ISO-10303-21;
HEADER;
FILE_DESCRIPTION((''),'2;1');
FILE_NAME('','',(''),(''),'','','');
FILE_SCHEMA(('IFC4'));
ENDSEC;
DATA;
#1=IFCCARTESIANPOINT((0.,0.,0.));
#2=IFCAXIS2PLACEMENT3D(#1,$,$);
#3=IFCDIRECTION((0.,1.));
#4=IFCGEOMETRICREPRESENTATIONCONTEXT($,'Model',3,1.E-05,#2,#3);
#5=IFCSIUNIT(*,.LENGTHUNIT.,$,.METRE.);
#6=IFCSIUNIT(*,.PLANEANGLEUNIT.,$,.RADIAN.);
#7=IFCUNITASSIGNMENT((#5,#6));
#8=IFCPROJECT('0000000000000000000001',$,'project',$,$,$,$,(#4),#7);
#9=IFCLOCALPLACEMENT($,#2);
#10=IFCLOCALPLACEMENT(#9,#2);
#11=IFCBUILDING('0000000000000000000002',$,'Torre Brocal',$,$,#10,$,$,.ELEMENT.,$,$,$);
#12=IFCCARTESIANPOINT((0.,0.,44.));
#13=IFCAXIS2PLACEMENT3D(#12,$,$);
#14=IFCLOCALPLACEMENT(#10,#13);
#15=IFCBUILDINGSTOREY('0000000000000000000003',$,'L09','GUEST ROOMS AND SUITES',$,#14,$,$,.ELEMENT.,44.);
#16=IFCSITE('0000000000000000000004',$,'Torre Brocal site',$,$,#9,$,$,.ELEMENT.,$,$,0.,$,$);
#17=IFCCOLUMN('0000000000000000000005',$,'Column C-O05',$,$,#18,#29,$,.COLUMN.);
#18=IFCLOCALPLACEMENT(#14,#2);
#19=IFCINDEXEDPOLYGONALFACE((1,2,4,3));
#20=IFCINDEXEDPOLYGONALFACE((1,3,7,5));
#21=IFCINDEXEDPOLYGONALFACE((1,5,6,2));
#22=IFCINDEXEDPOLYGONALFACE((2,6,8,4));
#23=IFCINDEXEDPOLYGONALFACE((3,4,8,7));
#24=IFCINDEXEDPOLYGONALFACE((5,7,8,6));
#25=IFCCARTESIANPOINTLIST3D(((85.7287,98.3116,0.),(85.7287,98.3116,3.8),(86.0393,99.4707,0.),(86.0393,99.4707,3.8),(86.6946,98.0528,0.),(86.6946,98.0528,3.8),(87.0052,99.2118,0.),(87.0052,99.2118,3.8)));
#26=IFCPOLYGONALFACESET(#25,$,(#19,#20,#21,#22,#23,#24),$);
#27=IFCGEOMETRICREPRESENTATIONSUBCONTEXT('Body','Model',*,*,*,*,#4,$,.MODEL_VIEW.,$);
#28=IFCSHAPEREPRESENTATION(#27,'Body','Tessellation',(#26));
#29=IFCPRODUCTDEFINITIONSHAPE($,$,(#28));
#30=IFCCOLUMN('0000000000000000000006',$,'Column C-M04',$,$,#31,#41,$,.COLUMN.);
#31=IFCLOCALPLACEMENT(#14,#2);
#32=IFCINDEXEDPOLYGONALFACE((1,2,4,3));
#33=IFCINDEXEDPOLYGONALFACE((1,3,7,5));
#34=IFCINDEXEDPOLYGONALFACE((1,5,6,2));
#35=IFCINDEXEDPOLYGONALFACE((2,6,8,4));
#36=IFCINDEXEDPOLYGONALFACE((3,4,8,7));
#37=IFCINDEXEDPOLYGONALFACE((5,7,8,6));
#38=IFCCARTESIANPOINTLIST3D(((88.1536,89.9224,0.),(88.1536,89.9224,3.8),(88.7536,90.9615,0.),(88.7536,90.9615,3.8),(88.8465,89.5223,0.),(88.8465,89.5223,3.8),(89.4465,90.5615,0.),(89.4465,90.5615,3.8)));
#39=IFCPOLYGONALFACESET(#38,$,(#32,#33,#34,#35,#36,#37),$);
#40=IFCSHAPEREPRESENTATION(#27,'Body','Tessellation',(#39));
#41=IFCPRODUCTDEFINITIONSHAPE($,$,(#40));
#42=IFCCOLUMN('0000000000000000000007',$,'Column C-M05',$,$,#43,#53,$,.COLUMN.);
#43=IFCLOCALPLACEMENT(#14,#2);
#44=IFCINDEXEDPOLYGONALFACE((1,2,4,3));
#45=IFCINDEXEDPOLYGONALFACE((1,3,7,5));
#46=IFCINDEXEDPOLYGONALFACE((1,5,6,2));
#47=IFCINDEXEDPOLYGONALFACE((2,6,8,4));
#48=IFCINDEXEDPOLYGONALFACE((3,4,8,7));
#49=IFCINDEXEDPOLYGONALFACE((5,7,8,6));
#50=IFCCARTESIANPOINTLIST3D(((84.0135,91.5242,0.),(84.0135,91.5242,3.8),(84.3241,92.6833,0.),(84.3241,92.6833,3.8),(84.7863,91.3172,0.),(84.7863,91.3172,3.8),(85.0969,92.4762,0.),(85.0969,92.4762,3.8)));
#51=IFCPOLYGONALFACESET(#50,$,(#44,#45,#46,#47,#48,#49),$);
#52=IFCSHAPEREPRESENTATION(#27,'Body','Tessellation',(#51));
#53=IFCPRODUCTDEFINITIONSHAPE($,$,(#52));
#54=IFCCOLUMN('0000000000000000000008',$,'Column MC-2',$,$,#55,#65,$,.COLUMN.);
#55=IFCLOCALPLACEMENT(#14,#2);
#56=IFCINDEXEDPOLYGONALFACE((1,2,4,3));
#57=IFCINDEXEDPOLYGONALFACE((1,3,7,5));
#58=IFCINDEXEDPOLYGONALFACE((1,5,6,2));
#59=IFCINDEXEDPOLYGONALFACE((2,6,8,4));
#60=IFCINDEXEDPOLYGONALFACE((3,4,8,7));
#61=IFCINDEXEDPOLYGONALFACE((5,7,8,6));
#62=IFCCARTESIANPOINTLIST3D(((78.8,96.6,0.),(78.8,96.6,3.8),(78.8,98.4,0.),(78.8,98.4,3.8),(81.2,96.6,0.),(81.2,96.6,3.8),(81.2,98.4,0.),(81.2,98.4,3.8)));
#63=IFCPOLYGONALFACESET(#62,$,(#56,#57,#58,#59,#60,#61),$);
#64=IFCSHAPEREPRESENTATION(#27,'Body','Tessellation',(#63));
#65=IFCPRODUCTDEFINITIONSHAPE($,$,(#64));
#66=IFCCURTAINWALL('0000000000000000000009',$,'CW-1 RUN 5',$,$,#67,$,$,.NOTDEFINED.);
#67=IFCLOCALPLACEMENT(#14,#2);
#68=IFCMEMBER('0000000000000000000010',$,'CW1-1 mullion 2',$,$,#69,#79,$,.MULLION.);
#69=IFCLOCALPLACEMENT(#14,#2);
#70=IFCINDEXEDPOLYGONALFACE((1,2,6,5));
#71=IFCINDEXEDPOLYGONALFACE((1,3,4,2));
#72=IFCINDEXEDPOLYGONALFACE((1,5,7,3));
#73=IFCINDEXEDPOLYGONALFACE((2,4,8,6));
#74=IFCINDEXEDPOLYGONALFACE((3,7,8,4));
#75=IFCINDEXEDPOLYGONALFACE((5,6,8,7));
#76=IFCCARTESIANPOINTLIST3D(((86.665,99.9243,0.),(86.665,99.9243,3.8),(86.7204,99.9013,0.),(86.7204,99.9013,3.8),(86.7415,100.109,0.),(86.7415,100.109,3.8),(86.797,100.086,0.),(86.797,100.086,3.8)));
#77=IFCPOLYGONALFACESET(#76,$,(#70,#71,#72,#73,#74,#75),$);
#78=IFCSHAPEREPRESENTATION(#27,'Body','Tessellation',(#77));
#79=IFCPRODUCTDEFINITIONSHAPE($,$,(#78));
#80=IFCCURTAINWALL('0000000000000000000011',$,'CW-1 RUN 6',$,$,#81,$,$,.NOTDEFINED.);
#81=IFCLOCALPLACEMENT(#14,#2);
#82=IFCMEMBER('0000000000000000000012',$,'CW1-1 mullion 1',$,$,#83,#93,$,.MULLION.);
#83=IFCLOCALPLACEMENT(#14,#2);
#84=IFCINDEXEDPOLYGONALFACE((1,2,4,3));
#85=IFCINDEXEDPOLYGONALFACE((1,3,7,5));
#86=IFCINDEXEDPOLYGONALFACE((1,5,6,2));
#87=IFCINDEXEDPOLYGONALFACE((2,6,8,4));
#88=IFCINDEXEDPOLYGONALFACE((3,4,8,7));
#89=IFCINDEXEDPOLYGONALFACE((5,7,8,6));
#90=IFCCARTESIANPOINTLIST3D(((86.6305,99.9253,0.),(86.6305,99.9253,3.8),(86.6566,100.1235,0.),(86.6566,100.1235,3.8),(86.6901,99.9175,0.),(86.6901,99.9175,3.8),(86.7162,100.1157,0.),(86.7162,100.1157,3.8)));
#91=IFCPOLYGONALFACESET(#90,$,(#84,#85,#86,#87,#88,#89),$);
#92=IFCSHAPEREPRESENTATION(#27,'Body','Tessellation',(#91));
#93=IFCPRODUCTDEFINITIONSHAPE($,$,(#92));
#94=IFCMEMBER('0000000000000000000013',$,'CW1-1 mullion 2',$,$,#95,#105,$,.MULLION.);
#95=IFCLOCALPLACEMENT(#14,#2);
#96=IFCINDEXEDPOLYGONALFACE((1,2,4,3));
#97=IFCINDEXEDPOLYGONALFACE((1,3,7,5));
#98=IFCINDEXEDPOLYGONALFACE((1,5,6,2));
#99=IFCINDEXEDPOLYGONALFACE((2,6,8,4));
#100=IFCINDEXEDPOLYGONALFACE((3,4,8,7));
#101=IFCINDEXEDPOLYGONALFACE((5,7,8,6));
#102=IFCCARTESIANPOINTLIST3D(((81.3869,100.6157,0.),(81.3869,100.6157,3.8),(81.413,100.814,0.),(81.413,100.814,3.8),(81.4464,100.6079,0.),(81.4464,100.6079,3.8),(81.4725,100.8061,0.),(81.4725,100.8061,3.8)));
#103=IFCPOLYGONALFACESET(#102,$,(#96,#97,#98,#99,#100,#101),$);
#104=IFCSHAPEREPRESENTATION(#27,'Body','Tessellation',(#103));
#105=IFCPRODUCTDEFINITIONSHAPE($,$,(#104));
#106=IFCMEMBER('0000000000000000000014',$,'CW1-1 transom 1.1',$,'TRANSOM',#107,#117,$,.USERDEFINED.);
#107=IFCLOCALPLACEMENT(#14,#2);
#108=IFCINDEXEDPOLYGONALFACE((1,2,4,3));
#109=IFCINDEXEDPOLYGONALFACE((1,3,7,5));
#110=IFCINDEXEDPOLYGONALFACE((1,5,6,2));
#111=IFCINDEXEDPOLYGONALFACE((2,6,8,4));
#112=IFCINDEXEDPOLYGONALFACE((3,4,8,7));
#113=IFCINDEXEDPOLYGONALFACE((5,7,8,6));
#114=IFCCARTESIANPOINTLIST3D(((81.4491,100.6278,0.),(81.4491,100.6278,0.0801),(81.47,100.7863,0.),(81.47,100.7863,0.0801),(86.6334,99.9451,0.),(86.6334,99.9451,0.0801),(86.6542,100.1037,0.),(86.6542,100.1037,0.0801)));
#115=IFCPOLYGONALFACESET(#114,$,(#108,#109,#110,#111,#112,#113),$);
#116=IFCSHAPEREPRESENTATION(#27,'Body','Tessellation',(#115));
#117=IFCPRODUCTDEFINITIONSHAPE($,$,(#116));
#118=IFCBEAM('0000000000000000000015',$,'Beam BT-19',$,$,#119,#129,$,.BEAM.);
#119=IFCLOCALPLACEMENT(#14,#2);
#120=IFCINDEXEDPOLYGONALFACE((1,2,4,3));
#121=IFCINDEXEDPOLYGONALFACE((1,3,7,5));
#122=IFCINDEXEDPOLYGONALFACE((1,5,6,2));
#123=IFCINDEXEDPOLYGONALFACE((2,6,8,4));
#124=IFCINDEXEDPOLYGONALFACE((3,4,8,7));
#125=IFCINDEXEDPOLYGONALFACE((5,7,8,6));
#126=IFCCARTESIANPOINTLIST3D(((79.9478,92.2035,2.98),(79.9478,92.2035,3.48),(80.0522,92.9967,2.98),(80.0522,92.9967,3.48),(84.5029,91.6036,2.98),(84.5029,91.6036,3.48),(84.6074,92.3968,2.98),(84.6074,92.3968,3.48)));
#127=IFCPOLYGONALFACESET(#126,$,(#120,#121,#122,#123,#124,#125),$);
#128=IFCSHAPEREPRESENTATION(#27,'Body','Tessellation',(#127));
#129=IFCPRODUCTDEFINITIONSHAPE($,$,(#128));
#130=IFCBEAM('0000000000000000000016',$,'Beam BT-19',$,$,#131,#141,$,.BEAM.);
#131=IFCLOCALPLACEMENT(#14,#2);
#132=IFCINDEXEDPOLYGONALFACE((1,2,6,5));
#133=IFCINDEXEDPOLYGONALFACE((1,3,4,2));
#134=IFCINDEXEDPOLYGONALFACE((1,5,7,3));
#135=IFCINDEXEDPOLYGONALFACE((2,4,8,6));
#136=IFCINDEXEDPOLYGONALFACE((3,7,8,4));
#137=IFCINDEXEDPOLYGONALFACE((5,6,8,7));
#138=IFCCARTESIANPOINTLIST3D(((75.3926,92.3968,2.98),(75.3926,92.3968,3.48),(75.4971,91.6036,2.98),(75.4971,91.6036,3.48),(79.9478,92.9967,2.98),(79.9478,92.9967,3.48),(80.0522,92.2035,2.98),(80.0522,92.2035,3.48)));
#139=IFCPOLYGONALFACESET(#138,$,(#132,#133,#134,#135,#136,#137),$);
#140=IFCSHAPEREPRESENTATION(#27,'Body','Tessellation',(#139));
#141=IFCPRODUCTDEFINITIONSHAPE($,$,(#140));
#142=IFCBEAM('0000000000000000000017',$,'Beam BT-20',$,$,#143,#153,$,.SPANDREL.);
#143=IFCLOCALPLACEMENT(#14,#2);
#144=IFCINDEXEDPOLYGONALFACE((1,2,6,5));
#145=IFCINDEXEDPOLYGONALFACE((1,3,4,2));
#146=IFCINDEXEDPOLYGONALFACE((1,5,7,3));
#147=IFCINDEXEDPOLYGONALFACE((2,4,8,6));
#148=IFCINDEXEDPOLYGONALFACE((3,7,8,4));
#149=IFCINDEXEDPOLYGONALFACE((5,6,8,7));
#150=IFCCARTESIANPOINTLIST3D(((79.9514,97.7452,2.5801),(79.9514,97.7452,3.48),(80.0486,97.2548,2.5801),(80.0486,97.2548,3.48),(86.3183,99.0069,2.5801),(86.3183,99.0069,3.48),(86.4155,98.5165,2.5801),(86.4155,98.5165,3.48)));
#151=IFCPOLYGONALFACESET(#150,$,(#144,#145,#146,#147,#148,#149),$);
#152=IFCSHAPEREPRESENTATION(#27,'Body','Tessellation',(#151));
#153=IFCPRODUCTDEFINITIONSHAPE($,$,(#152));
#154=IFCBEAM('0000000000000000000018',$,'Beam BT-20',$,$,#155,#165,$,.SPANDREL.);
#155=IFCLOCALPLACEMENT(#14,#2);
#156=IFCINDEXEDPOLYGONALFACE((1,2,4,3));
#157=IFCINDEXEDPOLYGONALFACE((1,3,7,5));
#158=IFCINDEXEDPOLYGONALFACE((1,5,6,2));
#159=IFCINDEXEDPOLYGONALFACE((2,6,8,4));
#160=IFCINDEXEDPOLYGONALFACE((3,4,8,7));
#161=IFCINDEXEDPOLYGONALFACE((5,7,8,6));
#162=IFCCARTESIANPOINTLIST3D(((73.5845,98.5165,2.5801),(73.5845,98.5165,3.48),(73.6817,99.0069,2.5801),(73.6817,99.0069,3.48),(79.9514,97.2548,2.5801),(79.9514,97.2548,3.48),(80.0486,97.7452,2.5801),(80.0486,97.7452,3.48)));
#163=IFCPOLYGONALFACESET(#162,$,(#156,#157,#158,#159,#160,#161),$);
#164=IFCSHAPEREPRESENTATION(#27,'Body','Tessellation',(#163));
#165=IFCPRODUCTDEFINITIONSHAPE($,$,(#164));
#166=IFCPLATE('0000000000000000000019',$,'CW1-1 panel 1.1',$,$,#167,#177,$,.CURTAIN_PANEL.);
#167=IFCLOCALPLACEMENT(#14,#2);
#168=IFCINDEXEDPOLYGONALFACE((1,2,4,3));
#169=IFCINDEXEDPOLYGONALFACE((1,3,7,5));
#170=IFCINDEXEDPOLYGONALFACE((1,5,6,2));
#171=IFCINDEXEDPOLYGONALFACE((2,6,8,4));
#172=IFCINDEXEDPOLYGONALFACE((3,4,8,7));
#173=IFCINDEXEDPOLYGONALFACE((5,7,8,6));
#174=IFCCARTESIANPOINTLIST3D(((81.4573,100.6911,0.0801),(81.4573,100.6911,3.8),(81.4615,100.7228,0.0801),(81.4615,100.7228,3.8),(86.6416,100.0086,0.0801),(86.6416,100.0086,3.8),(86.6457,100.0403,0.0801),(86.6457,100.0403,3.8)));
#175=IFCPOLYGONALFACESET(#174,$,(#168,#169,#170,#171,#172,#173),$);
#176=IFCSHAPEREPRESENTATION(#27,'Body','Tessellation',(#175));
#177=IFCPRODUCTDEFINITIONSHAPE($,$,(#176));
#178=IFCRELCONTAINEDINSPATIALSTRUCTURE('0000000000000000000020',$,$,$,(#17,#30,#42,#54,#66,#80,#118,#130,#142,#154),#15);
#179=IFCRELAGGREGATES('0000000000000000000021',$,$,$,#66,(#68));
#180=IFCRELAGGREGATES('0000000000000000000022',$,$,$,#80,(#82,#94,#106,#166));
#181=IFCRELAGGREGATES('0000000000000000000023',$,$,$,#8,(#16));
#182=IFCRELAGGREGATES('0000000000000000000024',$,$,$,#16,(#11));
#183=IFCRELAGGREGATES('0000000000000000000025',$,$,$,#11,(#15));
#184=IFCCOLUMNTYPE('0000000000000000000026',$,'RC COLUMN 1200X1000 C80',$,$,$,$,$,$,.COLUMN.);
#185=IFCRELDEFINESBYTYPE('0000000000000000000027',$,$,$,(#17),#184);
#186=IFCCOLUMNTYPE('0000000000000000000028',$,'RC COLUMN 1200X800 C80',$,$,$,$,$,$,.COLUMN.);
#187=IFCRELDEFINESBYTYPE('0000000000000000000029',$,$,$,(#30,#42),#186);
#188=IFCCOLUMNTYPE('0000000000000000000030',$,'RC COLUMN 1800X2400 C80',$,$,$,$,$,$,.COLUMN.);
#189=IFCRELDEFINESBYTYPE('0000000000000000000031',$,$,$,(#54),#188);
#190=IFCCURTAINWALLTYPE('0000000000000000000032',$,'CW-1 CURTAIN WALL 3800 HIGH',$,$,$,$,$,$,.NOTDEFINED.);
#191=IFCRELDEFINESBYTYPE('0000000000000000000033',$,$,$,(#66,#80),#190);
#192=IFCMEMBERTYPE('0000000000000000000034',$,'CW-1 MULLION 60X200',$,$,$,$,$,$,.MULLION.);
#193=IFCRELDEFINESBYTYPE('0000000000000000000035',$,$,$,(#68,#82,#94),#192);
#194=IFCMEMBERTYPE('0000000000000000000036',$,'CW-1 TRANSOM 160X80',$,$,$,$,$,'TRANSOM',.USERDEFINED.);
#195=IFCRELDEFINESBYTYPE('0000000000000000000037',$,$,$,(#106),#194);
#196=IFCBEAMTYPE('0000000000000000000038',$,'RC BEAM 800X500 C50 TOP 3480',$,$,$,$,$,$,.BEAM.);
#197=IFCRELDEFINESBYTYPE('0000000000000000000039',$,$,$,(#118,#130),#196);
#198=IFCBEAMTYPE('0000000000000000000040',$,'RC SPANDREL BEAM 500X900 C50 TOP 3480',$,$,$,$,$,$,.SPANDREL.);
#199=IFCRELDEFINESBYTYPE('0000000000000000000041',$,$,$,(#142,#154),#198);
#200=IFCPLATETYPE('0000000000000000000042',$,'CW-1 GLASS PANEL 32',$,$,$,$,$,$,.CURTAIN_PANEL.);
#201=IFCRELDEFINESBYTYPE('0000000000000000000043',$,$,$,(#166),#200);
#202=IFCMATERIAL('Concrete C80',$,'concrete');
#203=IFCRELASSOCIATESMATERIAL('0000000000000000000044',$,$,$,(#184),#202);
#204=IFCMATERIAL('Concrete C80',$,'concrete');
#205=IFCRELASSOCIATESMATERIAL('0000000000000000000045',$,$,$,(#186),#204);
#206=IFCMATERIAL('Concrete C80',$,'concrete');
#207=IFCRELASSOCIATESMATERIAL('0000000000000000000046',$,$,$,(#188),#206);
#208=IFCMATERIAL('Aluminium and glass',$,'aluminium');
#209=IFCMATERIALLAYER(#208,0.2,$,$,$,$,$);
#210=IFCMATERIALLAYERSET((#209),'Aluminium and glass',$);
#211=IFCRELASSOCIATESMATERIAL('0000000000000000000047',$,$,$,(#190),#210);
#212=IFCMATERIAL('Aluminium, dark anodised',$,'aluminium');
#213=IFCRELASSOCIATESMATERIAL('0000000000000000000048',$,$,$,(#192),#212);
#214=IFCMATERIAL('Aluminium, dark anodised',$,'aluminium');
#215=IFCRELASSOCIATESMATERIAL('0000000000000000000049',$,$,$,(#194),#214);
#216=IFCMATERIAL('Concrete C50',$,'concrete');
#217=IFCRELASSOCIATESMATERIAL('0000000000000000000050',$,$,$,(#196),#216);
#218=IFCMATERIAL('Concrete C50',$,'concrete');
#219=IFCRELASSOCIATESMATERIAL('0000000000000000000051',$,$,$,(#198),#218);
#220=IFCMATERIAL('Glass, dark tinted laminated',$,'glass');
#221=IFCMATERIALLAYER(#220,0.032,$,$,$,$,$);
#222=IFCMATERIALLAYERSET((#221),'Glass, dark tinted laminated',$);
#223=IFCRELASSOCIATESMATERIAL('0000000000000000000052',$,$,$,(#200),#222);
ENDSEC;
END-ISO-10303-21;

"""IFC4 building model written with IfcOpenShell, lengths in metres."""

from ifc_helpers import new_model, si_unit, direction, frame, origin, origin_2d, place, context, subcontext, project, spatial, rectangle, extrude, material, layer, layer_set, material_profile, profile_set, type_object, element, aggregate, save


model = new_model("IFC4")

# Units and contexts
model_context = context("Model", 3, precision=1e-05, world=origin(), true_north=direction((0.0, 1.0)))
body_context = subcontext(model_context, "Body", "Model", "MODEL_VIEW")
ifc_project = project(units=[si_unit("LENGTHUNIT", "METRE"), si_unit("PLANEANGLEUNIT", "RADIAN")], contexts=[model_context])

# Site, building, storey
site_placement = place(None, origin())
site = spatial("IfcSite", under=ifc_project, at=site_placement, Name="Torre Brocal site", CompositionType="ELEMENT", RefElevation=0.0)
building_placement = place(site_placement, origin())
building = spatial("IfcBuilding", under=site, at=building_placement, Name="Torre Brocal", CompositionType="ELEMENT")
storey_placement = place(building_placement, frame((0.0, 0.0, 44.0)))
storey = spatial("IfcBuildingStorey", under=building, at=storey_placement, Name="L09", Description="GUEST ROOMS AND SUITES", CompositionType="ELEMENT", Elevation=44.0)

# Columns
ifc_material_1 = material(Name="Concrete C80", Category="concrete")
ifc_material_profile_1 = material_profile(ifc_material_1, rectangle(XDim=1.2, YDim=1.0, at=origin_2d()), Name="RC 1200X1000")
ifc_profile_set_1 = profile_set([ifc_material_profile_1], Name="Concrete C80")
column_type_1 = type_object("IfcColumnType", Name="RC COLUMN 1200X1000 C80", PredefinedType="COLUMN", material=ifc_profile_set_1)
column_1_placement = place(storey_placement, frame((86.3669, 98.7617, 0.0), z_axis=(0.0, 0.0, 1.0), x_axis=(0.258819, 0.965926, 0.0)))
element("IfcColumn", 1, at=column_1_placement, inside=storey, type_object=column_type_1, Name="Column C-O05", PredefinedType="COLUMN", context=body_context, shape_type="SweptSolid", body=[
    extrude(rectangle(XDim=1.2, YDim=1.0, at=origin_2d()), origin(), (0.0, 0.0, 1.0), 3.8),
])
ifc_material_2 = material(Name="Concrete C80", Category="concrete")
ifc_material_profile_2 = material_profile(ifc_material_2, rectangle(XDim=1.2, YDim=0.8, at=origin_2d()), Name="RC 1200X800")
ifc_profile_set_2 = profile_set([ifc_material_profile_2], Name="Concrete C80")
column_type_2 = type_object("IfcColumnType", Name="RC COLUMN 1200X800 C80", PredefinedType="COLUMN", material=ifc_profile_set_2)
for number, where, z_axis, x_axis, name in (
    (2, (88.8, 90.2419, 0.0), (0.0, 0.0, 1.0), (0.5, 0.866025, 0.0), "Column C-M04"),
    (3, (84.5552, 92.0002, 0.0), (0.0, 0.0, 1.0), (0.258819, 0.965926, 0.0), "Column C-M05"),
):
    element("IfcColumn", number, at=place(storey_placement, frame(where, z_axis=z_axis, x_axis=x_axis)), inside=storey, type_object=column_type_2, Name=name, PredefinedType="COLUMN", context=body_context, shape_type="SweptSolid", body=[
        extrude(rectangle(XDim=1.2, YDim=0.8, at=origin_2d()), origin(), (0.0, 0.0, 1.0), 3.8),
    ])
ifc_material_3 = material(Name="Concrete C80", Category="concrete")
ifc_material_profile_3 = material_profile(ifc_material_3, rectangle(XDim=1.8, YDim=2.3999, at=origin_2d()), Name="RC 1800X2400")
ifc_profile_set_3 = profile_set([ifc_material_profile_3], Name="Concrete C80")
column_type_3 = type_object("IfcColumnType", Name="RC COLUMN 1800X2400 C80", PredefinedType="COLUMN", material=ifc_profile_set_3)
column_2_placement = place(storey_placement, frame((80.0, 97.5, 0.0), z_axis=(0.0, 0.0, 1.0), x_axis=(0.0, 1.0, 0.0)))
element("IfcColumn", 4, at=column_2_placement, inside=storey, type_object=column_type_3, Name="Column MC-2", PredefinedType="COLUMN", context=body_context, shape_type="SweptSolid", body=[
    extrude(rectangle(XDim=1.8, YDim=2.3999, at=origin_2d()), origin(), (0.0, 0.0, 1.0), 3.8),
])

# Curtain wall, member
ifc_material_4 = material(Name="Aluminium and glass", Category="aluminium")
ifc_layer_1 = layer(ifc_material_4, 0.2)
ifc_layer_set_1 = layer_set([ifc_layer_1], Name="Aluminium and glass")
curtain_wall_type = type_object("IfcCurtainWallType", Name="CW-1 CURTAIN WALL 3800 HIGH", PredefinedType="NOTDEFINED", material=ifc_layer_set_1)
curtain_wall_1_placement = place(storey_placement, origin())
curtain_wall_1 = element("IfcCurtainWall", 5, at=curtain_wall_1_placement, inside=storey, type_object=curtain_wall_type, Name="CW-1 RUN 5", PredefinedType="NOTDEFINED")
ifc_material_5 = material(Name="Aluminium, dark anodised", Category="aluminium")
ifc_material_profile_4 = material_profile(ifc_material_5, rectangle(XDim=0.2, YDim=0.0601, at=origin_2d()), Name="CW-1 MULLION 60X200")
ifc_profile_set_4 = profile_set([ifc_material_profile_4], Name="Aluminium, dark anodised")
member_type_1 = type_object("IfcMemberType", Name="CW-1 MULLION 60X200", PredefinedType="MULLION", material=ifc_profile_set_4)
member_1_placement = place(storey_placement, frame((86.731, 100.0051, 0.0), z_axis=(0.0, 0.0, 1.0), x_axis=(-0.382683, -0.92388, 0.0)))
member_1 = element("IfcMember", 6, at=member_1_placement, type_object=member_type_1, Name="CW1-1 mullion 2", PredefinedType="MULLION", context=body_context, shape_type="SweptSolid", body=[
    extrude(rectangle(XDim=0.2, YDim=0.0601, at=origin_2d()), origin(), (0.0, 0.0, 1.0), 3.8),
])
aggregate(curtain_wall_1, [member_1])

# Curtain wall, members
curtain_wall_2_placement = place(storey_placement, origin())
curtain_wall_2 = element("IfcCurtainWall", 7, at=curtain_wall_2_placement, inside=storey, type_object=curtain_wall_type, Name="CW-1 RUN 6", PredefinedType="NOTDEFINED")
member_2_placement = place(storey_placement, frame((86.6733, 100.0205, 0.0), z_axis=(0.0, 0.0, 1.0), x_axis=(-0.130526, -0.991445, 0.0)))
member_2 = element("IfcMember", 8, at=member_2_placement, type_object=member_type_1, Name="CW1-1 mullion 1", PredefinedType="MULLION", context=body_context, shape_type="SweptSolid", body=[
    extrude(rectangle(XDim=0.2, YDim=0.0601, at=origin_2d()), origin(), (0.0, 0.0, 1.0), 3.8),
])
member_3_placement = place(storey_placement, frame((81.4297, 100.7109, 0.0), z_axis=(0.0, 0.0, 1.0), x_axis=(-0.130526, -0.991445, 0.0)))
member_3 = element("IfcMember", 9, at=member_3_placement, type_object=member_type_1, Name="CW1-1 mullion 2", PredefinedType="MULLION", context=body_context, shape_type="SweptSolid", body=[
    extrude(rectangle(XDim=0.2, YDim=0.0601, at=origin_2d()), origin(), (0.0, 0.0, 1.0), 3.8),
])
ifc_material_6 = material(Name="Aluminium, dark anodised", Category="aluminium")
ifc_material_profile_5 = material_profile(ifc_material_6, rectangle(XDim=0.1599, YDim=0.0801, at=origin_2d()), Name="CW-1 TRANSOM 160X80")
ifc_profile_set_5 = profile_set([ifc_material_profile_5], Name="Aluminium, dark anodised")
member_type_2 = type_object("IfcMemberType", Name="CW-1 TRANSOM 160X80", ElementType="TRANSOM", PredefinedType="USERDEFINED", material=ifc_profile_set_5)
member_4_placement = place(storey_placement, frame((86.6438, 100.0244, 0.04), z_axis=(-0.991443, 0.130543, 0.0), x_axis=(-0.130543, -0.991443, 0.0)))
member_4 = element("IfcMember", 10, at=member_4_placement, type_object=member_type_2, Name="CW1-1 transom 1.1", ObjectType="TRANSOM", PredefinedType="USERDEFINED", context=body_context, shape_type="SweptSolid", body=[
    extrude(rectangle(XDim=0.1599, YDim=0.0801, at=origin_2d()), origin(), (0.0, 0.0, 1.0), 5.229),
])

# Beams
ifc_material_7 = material(Name="Concrete C50", Category="concrete")
ifc_material_profile_6 = material_profile(ifc_material_7, rectangle(XDim=0.8, YDim=0.5, at=origin_2d()), Name="RC 800X500")
ifc_profile_set_6 = profile_set([ifc_material_profile_6], Name="Concrete C50")
beam_type_1 = type_object("IfcBeamType", Name="RC BEAM 800X500 C50 TOP 3480", PredefinedType="BEAM", material=ifc_profile_set_6)
for number, where, z_axis, x_axis, name in (
    (11, (84.5552, 92.0002, 3.23), (-0.991441, 0.130559, 0.0), (-0.130559, -0.991441, 0.0), "Beam BT-19"),
    (12, (80.0, 92.6001, 3.23), (-0.991441, -0.130559, 0.0), (0.130559, -0.991441, 0.0), "Beam BT-19"),
):
    element("IfcBeam", number, at=place(storey_placement, frame(where, z_axis=z_axis, x_axis=x_axis)), inside=storey, type_object=beam_type_1, Name=name, PredefinedType="BEAM", context=body_context, shape_type="SweptSolid", body=[
        extrude(rectangle(XDim=0.8, YDim=0.5, at=origin_2d()), origin(), (0.0, 0.0, 1.0), 4.5945),
    ])
ifc_material_8 = material(Name="Concrete C50", Category="concrete")
ifc_material_profile_7 = material_profile(ifc_material_8, rectangle(XDim=0.5, YDim=0.8999, at=origin_2d()), Name="RC 500X900")
ifc_profile_set_7 = profile_set([ifc_material_profile_7], Name="Concrete C50")
beam_type_2 = type_object("IfcBeamType", Name="RC SPANDREL BEAM 500X900 C50 TOP 3480", PredefinedType="SPANDREL", material=ifc_profile_set_7)
for number, where, z_axis, x_axis, name in (
    (13, (86.3669, 98.7617, 3.03), (-0.980925, -0.194387, 0.0), (0.194387, -0.980925, 0.0), "Beam BT-20"),
    (14, (80.0, 97.5, 3.03), (-0.980925, 0.194387, 0.0), (-0.194387, -0.980925, 0.0), "Beam BT-20"),
):
    element("IfcBeam", number, at=place(storey_placement, frame(where, z_axis=z_axis, x_axis=x_axis)), inside=storey, type_object=beam_type_2, Name=name, PredefinedType="SPANDREL", context=body_context, shape_type="SweptSolid", body=[
        extrude(rectangle(XDim=0.5, YDim=0.8999, at=origin_2d()), origin(), (0.0, 0.0, 1.0), 6.4907),
    ])

# Plate
ifc_material_9 = material(Name="Glass, dark tinted laminated", Category="glass")
ifc_layer_2 = layer(ifc_material_9, 0.032)
ifc_layer_set_2 = layer_set([ifc_layer_2], Name="Glass, dark tinted laminated")
plate_type = type_object("IfcPlateType", Name="CW-1 GLASS PANEL 32", PredefinedType="CURTAIN_PANEL", material=ifc_layer_set_2)
plate_placement = place(storey_placement, frame((84.0515, 100.3657, 0.0801), z_axis=(0.0, 0.0, 1.0), x_axis=(-0.991445, 0.130526, 0.0)))
plate = element("IfcPlate", 15, at=plate_placement, type_object=plate_type, Name="CW1-1 panel 1.1", PredefinedType="CURTAIN_PANEL", context=body_context, shape_type="SweptSolid", body=[
    extrude(rectangle(XDim=5.229, YDim=0.032, at=origin_2d()), origin(), (0.0, 0.0, 1.0), 3.72),
])
aggregate(curtain_wall_2, [member_2, member_3, member_4, plate])

save(model, "model.ifc")
